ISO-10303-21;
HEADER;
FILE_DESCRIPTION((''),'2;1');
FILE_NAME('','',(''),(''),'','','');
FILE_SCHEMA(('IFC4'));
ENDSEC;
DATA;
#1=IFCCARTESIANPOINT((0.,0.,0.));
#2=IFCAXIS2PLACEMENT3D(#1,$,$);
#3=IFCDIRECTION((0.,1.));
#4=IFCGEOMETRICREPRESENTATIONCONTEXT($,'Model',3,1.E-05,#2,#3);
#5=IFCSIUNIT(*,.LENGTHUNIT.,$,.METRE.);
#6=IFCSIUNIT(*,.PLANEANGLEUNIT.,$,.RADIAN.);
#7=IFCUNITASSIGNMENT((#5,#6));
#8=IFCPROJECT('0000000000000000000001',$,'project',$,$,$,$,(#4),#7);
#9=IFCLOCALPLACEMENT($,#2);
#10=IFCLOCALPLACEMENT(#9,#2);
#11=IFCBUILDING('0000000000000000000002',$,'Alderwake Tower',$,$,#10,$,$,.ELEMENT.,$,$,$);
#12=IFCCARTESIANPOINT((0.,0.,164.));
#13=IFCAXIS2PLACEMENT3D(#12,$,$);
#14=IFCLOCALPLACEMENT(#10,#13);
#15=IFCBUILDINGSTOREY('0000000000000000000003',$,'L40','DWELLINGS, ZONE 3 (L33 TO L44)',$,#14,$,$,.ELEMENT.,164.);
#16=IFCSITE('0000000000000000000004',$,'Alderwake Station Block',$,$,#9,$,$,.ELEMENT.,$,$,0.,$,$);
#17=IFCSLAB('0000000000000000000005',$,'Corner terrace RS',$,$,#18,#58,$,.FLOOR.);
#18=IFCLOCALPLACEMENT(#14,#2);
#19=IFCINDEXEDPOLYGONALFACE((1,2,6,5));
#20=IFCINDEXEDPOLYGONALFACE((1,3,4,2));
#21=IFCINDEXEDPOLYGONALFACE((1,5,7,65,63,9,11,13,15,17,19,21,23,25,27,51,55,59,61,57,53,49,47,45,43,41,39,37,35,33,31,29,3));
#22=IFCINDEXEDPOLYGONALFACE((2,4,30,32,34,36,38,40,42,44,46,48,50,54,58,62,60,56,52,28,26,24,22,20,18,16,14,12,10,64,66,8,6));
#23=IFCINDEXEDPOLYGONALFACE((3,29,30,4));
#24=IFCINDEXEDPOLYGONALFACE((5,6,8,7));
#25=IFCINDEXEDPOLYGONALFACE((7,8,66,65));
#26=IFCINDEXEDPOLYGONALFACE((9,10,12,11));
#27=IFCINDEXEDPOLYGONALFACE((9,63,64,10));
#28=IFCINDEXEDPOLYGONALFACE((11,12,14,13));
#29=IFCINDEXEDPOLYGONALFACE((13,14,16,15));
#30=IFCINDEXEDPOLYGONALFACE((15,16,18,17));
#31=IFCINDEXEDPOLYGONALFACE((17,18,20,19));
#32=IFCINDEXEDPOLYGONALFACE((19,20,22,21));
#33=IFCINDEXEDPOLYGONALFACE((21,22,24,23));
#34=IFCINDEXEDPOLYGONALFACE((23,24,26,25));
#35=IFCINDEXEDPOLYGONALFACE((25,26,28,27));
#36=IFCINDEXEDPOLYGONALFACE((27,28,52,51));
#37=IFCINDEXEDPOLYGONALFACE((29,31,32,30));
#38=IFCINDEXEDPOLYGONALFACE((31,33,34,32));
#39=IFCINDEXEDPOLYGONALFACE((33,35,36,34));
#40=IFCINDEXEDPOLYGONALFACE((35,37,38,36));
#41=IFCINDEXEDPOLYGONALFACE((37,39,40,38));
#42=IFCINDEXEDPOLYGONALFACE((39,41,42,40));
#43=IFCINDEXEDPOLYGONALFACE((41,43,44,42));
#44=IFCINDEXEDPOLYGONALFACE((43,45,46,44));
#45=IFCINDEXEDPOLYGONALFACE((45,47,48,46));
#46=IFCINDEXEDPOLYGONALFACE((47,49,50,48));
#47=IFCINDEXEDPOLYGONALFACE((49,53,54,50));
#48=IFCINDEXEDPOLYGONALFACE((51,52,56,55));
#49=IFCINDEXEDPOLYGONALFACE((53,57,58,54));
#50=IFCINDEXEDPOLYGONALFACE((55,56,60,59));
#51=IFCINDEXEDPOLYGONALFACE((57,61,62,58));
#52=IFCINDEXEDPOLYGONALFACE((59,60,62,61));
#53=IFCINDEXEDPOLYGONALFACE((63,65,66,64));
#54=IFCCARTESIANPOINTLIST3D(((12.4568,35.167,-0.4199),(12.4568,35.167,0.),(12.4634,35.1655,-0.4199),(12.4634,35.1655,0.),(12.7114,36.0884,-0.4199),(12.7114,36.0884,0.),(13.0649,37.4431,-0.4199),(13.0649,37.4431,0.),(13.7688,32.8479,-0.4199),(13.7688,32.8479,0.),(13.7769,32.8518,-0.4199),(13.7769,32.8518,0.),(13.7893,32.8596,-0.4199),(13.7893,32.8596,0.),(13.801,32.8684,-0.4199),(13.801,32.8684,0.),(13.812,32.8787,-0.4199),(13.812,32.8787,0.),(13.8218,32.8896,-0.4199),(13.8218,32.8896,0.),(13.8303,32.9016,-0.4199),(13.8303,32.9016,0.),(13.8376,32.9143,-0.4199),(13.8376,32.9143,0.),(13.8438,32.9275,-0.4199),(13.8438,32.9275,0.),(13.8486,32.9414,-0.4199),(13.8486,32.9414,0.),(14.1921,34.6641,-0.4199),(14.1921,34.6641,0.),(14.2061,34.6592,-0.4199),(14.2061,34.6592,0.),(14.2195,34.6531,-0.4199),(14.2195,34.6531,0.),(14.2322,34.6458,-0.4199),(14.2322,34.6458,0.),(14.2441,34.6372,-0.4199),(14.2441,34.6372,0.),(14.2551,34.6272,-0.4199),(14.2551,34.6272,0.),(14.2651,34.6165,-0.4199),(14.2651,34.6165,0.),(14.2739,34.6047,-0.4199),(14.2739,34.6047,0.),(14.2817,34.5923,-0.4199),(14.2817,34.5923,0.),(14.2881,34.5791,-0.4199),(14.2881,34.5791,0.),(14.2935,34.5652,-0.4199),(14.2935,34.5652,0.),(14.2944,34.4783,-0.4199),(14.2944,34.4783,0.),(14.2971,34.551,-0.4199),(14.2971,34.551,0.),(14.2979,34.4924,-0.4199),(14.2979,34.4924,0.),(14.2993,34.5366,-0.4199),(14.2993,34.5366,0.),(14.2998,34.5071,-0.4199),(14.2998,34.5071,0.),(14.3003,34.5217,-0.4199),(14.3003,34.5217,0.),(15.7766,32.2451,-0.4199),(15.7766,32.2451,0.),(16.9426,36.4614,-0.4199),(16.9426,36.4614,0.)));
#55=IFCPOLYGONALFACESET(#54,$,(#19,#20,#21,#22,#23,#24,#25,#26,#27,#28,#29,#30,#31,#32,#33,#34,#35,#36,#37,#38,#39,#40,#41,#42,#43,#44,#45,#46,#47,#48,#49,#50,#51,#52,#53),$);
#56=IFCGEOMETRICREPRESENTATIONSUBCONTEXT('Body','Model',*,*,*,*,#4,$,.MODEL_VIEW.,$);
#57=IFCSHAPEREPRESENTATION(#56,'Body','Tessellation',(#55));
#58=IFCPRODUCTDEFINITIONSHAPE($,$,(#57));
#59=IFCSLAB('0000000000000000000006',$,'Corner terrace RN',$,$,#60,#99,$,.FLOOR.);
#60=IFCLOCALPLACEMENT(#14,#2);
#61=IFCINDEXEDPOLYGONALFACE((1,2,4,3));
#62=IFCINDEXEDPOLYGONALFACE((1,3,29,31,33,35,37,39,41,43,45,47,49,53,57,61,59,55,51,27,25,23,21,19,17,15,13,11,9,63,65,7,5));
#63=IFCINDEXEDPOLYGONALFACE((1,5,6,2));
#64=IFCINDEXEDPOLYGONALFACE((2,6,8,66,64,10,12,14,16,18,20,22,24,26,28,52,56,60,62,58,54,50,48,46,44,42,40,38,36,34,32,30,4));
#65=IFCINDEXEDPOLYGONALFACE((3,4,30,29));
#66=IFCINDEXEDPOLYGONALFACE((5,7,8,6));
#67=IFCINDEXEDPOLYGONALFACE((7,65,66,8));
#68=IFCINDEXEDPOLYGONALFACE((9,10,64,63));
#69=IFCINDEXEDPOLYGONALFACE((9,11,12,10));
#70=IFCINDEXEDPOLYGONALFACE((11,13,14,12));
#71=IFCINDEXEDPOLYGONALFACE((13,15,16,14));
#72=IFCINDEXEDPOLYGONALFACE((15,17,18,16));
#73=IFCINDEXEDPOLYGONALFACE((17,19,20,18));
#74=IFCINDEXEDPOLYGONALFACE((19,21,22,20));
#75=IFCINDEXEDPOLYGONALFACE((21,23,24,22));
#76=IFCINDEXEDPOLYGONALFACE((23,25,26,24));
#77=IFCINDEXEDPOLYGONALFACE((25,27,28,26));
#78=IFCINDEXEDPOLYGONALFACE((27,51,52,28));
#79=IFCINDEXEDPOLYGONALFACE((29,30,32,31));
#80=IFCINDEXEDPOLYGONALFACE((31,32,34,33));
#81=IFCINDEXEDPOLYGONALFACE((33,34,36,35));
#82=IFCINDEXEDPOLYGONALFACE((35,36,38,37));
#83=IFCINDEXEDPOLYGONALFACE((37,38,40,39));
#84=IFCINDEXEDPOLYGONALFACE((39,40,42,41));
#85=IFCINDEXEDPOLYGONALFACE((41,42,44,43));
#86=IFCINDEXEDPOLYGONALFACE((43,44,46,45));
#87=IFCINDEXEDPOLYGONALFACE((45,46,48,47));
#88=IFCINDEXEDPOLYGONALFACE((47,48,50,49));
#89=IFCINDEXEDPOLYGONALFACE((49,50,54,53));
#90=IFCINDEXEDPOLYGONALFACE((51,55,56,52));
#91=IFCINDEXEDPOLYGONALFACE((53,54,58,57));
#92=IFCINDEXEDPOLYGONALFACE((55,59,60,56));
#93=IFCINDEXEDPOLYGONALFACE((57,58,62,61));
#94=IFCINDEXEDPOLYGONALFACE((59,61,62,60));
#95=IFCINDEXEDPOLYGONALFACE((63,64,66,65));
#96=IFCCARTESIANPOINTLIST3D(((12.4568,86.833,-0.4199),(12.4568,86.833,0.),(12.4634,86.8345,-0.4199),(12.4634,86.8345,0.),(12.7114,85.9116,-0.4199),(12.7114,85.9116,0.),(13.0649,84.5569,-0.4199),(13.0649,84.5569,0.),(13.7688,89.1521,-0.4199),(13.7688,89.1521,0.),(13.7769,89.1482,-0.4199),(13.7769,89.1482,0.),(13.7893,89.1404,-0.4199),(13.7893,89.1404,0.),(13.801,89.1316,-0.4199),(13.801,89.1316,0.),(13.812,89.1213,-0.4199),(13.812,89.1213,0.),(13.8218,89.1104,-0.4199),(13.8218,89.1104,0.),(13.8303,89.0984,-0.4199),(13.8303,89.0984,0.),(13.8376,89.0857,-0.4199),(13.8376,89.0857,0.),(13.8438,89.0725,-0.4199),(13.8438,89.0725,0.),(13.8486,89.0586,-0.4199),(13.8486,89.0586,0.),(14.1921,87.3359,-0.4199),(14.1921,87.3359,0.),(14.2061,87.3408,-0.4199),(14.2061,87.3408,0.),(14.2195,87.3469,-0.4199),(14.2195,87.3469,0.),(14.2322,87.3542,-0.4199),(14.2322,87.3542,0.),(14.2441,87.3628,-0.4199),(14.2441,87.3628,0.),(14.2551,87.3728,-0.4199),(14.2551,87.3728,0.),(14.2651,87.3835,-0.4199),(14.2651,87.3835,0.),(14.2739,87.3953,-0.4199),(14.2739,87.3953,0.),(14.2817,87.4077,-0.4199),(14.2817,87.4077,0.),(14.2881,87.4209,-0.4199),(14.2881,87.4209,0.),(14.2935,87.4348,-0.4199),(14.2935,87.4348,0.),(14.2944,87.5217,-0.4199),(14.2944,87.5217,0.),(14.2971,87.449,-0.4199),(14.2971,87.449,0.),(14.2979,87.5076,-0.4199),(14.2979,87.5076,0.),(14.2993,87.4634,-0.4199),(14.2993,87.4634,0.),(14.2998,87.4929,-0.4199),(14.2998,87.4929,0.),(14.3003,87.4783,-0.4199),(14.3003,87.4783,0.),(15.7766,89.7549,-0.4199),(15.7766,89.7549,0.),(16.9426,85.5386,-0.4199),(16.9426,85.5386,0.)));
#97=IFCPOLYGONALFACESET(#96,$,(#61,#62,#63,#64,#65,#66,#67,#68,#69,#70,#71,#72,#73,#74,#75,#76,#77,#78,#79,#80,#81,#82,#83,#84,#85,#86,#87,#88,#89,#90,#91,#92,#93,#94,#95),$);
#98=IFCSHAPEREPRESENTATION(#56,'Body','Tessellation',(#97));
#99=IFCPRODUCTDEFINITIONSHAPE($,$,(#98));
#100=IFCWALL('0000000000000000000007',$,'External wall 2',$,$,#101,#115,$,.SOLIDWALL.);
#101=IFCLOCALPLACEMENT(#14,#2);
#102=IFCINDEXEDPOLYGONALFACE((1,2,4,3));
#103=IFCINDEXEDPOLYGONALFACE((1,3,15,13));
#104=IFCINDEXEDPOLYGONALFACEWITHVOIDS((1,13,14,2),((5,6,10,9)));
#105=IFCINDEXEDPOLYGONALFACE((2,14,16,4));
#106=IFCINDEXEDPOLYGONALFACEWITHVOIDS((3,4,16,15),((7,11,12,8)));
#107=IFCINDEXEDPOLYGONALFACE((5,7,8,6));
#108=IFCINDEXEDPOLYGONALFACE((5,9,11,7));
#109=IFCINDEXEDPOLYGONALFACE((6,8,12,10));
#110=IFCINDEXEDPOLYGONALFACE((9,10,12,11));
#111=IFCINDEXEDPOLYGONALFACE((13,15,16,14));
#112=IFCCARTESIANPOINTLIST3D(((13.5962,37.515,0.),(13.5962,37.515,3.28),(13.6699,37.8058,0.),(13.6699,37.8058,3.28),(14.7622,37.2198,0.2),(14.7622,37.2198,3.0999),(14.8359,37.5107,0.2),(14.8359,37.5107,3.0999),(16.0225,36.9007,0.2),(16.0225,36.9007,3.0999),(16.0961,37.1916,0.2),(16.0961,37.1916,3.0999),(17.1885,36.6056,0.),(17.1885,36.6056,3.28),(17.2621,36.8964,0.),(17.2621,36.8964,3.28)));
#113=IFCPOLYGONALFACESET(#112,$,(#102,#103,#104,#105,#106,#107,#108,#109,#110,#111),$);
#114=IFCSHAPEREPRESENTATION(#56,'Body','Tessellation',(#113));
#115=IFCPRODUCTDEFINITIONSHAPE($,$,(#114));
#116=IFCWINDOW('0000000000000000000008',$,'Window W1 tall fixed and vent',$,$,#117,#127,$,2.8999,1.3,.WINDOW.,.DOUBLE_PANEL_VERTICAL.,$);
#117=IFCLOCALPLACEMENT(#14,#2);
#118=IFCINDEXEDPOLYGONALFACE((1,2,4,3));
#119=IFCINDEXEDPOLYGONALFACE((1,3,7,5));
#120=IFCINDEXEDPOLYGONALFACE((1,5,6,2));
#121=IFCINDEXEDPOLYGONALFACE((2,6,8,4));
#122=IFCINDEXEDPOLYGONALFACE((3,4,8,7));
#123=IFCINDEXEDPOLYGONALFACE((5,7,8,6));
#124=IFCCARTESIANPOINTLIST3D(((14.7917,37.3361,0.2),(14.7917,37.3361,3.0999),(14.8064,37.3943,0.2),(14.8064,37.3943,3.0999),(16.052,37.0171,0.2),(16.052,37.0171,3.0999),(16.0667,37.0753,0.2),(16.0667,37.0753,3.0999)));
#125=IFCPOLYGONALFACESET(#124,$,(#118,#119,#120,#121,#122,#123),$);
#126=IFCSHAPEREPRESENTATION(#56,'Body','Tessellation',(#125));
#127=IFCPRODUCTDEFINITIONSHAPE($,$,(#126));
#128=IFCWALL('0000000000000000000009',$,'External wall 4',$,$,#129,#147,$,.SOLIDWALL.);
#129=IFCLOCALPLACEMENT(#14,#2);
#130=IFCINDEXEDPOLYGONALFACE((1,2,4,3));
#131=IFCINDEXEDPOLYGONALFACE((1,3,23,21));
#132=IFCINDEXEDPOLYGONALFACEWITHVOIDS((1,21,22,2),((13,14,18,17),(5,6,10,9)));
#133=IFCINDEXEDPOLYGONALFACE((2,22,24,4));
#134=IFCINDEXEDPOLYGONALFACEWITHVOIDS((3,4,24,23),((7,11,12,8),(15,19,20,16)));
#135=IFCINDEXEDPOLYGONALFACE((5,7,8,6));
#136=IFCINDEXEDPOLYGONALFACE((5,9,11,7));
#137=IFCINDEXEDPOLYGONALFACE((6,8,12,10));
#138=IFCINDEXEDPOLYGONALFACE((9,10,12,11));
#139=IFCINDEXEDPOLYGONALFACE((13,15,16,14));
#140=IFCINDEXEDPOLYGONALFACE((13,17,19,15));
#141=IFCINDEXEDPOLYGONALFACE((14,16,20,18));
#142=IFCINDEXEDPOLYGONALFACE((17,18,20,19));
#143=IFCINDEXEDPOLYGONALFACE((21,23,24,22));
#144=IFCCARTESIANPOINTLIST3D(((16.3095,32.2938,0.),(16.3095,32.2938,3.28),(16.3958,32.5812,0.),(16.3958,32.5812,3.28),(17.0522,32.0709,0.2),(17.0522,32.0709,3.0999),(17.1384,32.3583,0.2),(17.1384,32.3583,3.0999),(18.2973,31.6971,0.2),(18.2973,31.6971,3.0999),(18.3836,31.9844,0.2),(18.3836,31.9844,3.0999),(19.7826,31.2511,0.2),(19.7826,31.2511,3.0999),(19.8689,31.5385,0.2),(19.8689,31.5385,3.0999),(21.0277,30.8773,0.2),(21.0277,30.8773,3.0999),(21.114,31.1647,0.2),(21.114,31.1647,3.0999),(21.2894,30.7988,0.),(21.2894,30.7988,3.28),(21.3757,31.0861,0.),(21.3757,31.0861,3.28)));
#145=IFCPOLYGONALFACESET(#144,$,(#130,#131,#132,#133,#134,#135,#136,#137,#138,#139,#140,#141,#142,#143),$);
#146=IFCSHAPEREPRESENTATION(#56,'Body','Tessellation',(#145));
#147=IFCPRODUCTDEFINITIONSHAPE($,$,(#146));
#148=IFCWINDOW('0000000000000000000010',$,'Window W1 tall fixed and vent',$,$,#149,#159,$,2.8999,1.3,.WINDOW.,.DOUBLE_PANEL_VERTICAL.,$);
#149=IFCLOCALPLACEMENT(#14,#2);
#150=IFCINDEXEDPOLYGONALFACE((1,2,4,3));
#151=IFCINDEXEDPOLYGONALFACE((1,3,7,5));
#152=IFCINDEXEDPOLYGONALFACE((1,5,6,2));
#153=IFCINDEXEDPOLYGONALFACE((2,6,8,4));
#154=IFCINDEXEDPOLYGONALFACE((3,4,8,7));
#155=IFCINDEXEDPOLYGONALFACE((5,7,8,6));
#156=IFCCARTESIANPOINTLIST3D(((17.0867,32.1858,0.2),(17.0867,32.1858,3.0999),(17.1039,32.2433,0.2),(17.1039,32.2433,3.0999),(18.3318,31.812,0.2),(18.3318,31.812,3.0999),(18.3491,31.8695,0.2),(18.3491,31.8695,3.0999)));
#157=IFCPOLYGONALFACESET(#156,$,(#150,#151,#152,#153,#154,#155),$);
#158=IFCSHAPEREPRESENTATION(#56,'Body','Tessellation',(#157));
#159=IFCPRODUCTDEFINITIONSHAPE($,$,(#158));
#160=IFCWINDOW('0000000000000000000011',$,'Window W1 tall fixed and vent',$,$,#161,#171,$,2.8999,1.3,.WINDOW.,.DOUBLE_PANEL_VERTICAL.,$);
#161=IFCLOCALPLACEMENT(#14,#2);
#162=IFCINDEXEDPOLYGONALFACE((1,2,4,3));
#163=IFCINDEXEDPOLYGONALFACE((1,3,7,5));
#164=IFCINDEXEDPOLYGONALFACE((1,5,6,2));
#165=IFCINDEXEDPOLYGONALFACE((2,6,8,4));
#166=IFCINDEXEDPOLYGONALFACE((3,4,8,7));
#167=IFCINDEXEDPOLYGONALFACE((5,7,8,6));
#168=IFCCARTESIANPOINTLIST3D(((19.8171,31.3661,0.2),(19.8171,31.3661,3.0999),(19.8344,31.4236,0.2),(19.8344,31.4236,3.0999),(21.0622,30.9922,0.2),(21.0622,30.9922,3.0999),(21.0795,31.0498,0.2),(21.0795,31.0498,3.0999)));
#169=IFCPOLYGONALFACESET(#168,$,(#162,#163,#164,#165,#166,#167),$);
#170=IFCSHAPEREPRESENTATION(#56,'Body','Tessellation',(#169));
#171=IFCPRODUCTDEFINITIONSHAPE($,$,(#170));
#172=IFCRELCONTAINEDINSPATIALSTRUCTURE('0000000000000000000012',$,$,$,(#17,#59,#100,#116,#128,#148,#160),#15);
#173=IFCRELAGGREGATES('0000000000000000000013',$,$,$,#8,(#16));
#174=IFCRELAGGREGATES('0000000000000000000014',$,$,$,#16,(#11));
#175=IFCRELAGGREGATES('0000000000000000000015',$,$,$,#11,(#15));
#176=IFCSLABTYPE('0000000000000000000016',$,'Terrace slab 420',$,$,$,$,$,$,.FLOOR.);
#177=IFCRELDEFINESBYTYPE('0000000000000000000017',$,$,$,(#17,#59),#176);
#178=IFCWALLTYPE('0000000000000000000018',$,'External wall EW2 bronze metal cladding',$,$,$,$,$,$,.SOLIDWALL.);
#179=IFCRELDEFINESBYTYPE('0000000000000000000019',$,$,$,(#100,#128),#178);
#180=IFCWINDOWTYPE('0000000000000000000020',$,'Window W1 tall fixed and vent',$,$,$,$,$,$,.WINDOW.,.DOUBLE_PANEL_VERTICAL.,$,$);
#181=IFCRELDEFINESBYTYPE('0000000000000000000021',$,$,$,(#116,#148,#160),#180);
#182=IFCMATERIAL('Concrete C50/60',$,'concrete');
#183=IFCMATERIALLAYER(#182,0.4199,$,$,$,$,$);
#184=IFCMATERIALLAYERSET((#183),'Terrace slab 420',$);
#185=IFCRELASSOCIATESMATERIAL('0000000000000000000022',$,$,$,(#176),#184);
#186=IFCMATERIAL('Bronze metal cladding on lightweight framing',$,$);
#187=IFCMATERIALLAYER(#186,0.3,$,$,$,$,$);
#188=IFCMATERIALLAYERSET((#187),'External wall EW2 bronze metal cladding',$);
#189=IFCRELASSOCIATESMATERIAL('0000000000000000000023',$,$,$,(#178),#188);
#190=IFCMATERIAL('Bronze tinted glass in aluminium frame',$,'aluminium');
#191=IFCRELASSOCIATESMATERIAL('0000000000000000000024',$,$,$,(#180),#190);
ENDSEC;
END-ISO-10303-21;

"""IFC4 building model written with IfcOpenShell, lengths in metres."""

from ifc_helpers import new_model, si_unit, direction, frame, frame_2d, origin, place, context, subcontext, project, spatial, polyline, rectangle, outline, extrude, material, layer, layer_set, type_object, element, fill, save


model = new_model("IFC4")

# Units and contexts
model_context = context("Model", 3, precision=1e-05, world=origin(), true_north=direction((0.0, 1.0)))
body_context = subcontext(model_context, "Body", "Model", "MODEL_VIEW")
ifc_project = project(units=[si_unit("LENGTHUNIT", "METRE"), si_unit("PLANEANGLEUNIT", "RADIAN")], contexts=[model_context])

# Site, building, storey
site_placement = place(None, origin())
site = spatial("IfcSite", under=ifc_project, at=site_placement, Name="Alderwake Station Block", CompositionType="ELEMENT", RefElevation=0.0)
building_placement = place(site_placement, origin())
building = spatial("IfcBuilding", under=site, at=building_placement, Name="Alderwake Tower", CompositionType="ELEMENT")
storey_placement = place(building_placement, frame((0.0, 0.0, 164.0)))
storey = spatial("IfcBuildingStorey", under=building, at=storey_placement, Name="L40", Description="DWELLINGS, ZONE 3 (L33 TO L44)", CompositionType="ELEMENT", Elevation=164.0)

# Slabs
ifc_material_1 = material(Name="Concrete C50/60", Category="concrete")
ifc_layer_1 = layer(ifc_material_1, 0.4199)
ifc_layer_set_1 = layer_set([ifc_layer_1], Name="Terrace slab 420")
slab_type_1 = type_object("IfcSlabType", Name="Terrace slab 420", PredefinedType="FLOOR", material=ifc_layer_set_1)
slab_1_placement = place(storey_placement, frame((0.0, 0.0, -0.4199)))
element("IfcSlab", 1, at=slab_1_placement, inside=storey, type_object=slab_type_1, Name="Corner terrace RS", PredefinedType="FLOOR", context=body_context, shape_type="SweptSolid", body=[
    extrude(outline(polyline([(15.7766, 32.2451), (13.7688, 32.8479), (13.7769, 32.8518), (13.7893, 32.8596), (13.801, 32.8684), (13.812, 32.8787), (13.8218, 32.8896), (13.8303, 32.9016), (13.8376, 32.9143), (13.8438, 32.9275), (13.8486, 32.9414), (14.2944, 34.4783), (14.2979, 34.4924), (14.2998, 34.5071), (14.3003, 34.5217), (14.2993, 34.5366), (14.2971, 34.551), (14.2935, 34.5652), (14.2881, 34.5791), (14.2817, 34.5923), (14.2739, 34.6047), (14.2651, 34.6165), (14.2551, 34.6272), (14.2441, 34.6372), (14.2322, 34.6458), (14.2195, 34.6531), (14.2061, 34.6592), (14.1921, 34.6641), (12.4634, 35.1655), (12.4568, 35.167), (12.7114, 36.0884), (13.0649, 37.4431), (16.9426, 36.4614), (15.7766, 32.2451)])), origin(), (0.0, 0.0, 1.0), 0.4199),
])
slab_2_placement = place(storey_placement, frame((0.0, 0.0, -0.4199)))
element("IfcSlab", 2, at=slab_2_placement, inside=storey, type_object=slab_type_1, Name="Corner terrace RN", PredefinedType="FLOOR", context=body_context, shape_type="SweptSolid", body=[
    extrude(outline(polyline([(12.4568, 86.833), (12.4634, 86.8345), (14.1921, 87.3359), (14.2061, 87.3408), (14.2195, 87.3469), (14.2322, 87.3542), (14.2441, 87.3628), (14.2551, 87.3728), (14.2651, 87.3835), (14.2739, 87.3953), (14.2817, 87.4077), (14.2881, 87.4209), (14.2935, 87.4348), (14.2971, 87.449), (14.2993, 87.4634), (14.3003, 87.4783), (14.2998, 87.4929), (14.2979, 87.5076), (14.2944, 87.5217), (13.8486, 89.0586), (13.8438, 89.0725), (13.8376, 89.0857), (13.8303, 89.0984), (13.8218, 89.1104), (13.812, 89.1213), (13.801, 89.1316), (13.7893, 89.1404), (13.7769, 89.1482), (13.7688, 89.1521), (15.7766, 89.7549), (16.9426, 85.5386), (13.0649, 84.5569), (12.7114, 85.9116), (12.4568, 86.833)])), origin(), (0.0, 0.0, 1.0), 0.4199),
])

# Wall, opening, window
ifc_material_2 = material(Name="Bronze metal cladding on lightweight framing")
ifc_layer_2 = layer(ifc_material_2, 0.3)
ifc_layer_set_2 = layer_set([ifc_layer_2], Name="External wall EW2 bronze metal cladding")
wall_type = type_object("IfcWallType", Name="External wall EW2 bronze metal cladding", PredefinedType="SOLIDWALL", material=ifc_layer_set_2)
wall_1_placement = place(storey_placement, frame((13.6331, 37.6604, 0.0), z_axis=(0.0, 0.0, 1.0), x_axis=(0.969417, -0.245418, 0.0)))
wall_1 = element("IfcWall", 3, at=wall_1_placement, inside=storey, type_object=wall_type, Name="External wall 2", PredefinedType="SOLIDWALL", context=body_context, shape_type="SweptSolid", body=[
    extrude(rectangle(XDim=3.7056, YDim=0.3, at=frame_2d((1.8528, 0.0))), origin(), (0.0, 0.0, 1.0), 3.28),
])
opening_1_placement = place(wall_1_placement, frame((1.2029, 0.0, 0.2)))
opening_1 = element("IfcOpeningElement", 4, at=opening_1_placement, cuts=wall_1, PredefinedType="OPENING", context=body_context, shape_type="SweptSolid", body=[
    extrude(rectangle(XDim=1.3, YDim=2.8999, at=frame_2d((0.6499, 1.45))), frame((0.0, 0.1599, 0.0), z_axis=(0.0, -1.0, 0.0), x_axis=(1.0, 0.0, 0.0)), (0.0, 0.0, 1.0), 0.3201),
])
ifc_material_3 = material(Name="Bronze tinted glass in aluminium frame", Category="aluminium")
window_type = type_object("IfcWindowType", Name="Window W1 tall fixed and vent", PartitioningType="DOUBLE_PANEL_VERTICAL", PredefinedType="WINDOW", material=ifc_material_3)
window_1_placement = place(opening_1_placement, origin())
window_1 = element("IfcWindow", 5, at=window_1_placement, inside=storey, type_object=window_type, Name="Window W1 tall fixed and vent", OverallHeight=2.8999, OverallWidth=1.3, PartitioningType="DOUBLE_PANEL_VERTICAL", PredefinedType="WINDOW", context=body_context, shape_type="SweptSolid", body=[
    extrude(rectangle(XDim=1.3, YDim=2.8999, at=frame_2d((0.6499, 1.45))), frame((0.0, 0.03, 0.0), z_axis=(0.0, -1.0, 0.0), x_axis=(1.0, 0.0, 0.0)), (0.0, 0.0, 1.0), 0.0601),
])
fill(opening_1, window_1)

# Wall, openings, windows
wall_2_placement = place(storey_placement, frame((16.3528, 32.4375, 0.0), z_axis=(0.0, 0.0, 1.0), x_axis=(0.957767, -0.287546, 0.0)))
wall_2 = element("IfcWall", 6, at=wall_2_placement, inside=storey, type_object=wall_type, Name="External wall 4", PredefinedType="SOLIDWALL", context=body_context, shape_type="SweptSolid", body=[
    extrude(rectangle(XDim=5.1995, YDim=0.3, at=frame_2d((2.5996, 0.0))), origin(), (0.0, 0.0, 1.0), 3.28),
])
opening_2_placement = place(wall_2_placement, frame((0.7754, 0.0, 0.2)))
opening_2 = element("IfcOpeningElement", 7, at=opening_2_placement, cuts=wall_2, PredefinedType="OPENING", context=body_context, shape_type="SweptSolid", body=[
    extrude(rectangle(XDim=1.3, YDim=2.8999, at=frame_2d((0.6499, 1.45))), frame((0.0, 0.1599, 0.0), z_axis=(0.0, -1.0, 0.0), x_axis=(1.0, 0.0, 0.0)), (0.0, 0.0, 1.0), 0.3201),
])
opening_3_placement = place(wall_2_placement, frame((3.6262, 0.0, 0.2)))
opening_3 = element("IfcOpeningElement", 8, at=opening_3_placement, cuts=wall_2, PredefinedType="OPENING", context=body_context, shape_type="SweptSolid", body=[
    extrude(rectangle(XDim=1.3, YDim=2.8999, at=frame_2d((0.6499, 1.45))), frame((0.0, 0.1599, 0.0), z_axis=(0.0, -1.0, 0.0), x_axis=(1.0, 0.0, 0.0)), (0.0, 0.0, 1.0), 0.3201),
])
window_2_placement = place(opening_2_placement, origin())
window_2 = element("IfcWindow", 9, at=window_2_placement, inside=storey, type_object=window_type, Name="Window W1 tall fixed and vent", OverallHeight=2.8999, OverallWidth=1.3, PartitioningType="DOUBLE_PANEL_VERTICAL", PredefinedType="WINDOW", context=body_context, shape_type="SweptSolid", body=[
    extrude(rectangle(XDim=1.3, YDim=2.8999, at=frame_2d((0.6499, 1.45))), frame((0.0, 0.03, 0.0), z_axis=(0.0, -1.0, 0.0), x_axis=(1.0, 0.0, 0.0)), (0.0, 0.0, 1.0), 0.0601),
])
fill(opening_2, window_2)
window_3_placement = place(opening_3_placement, origin())
window_3 = element("IfcWindow", 10, at=window_3_placement, inside=storey, type_object=window_type, Name="Window W1 tall fixed and vent", OverallHeight=2.8999, OverallWidth=1.3, PartitioningType="DOUBLE_PANEL_VERTICAL", PredefinedType="WINDOW", context=body_context, shape_type="SweptSolid", body=[
    extrude(rectangle(XDim=1.3, YDim=2.8999, at=frame_2d((0.6499, 1.45))), frame((0.0, 0.03, 0.0), z_axis=(0.0, -1.0, 0.0), x_axis=(1.0, 0.0, 0.0)), (0.0, 0.0, 1.0), 0.0601),
])
fill(opening_3, window_3)

save(model, "model.ifc")
